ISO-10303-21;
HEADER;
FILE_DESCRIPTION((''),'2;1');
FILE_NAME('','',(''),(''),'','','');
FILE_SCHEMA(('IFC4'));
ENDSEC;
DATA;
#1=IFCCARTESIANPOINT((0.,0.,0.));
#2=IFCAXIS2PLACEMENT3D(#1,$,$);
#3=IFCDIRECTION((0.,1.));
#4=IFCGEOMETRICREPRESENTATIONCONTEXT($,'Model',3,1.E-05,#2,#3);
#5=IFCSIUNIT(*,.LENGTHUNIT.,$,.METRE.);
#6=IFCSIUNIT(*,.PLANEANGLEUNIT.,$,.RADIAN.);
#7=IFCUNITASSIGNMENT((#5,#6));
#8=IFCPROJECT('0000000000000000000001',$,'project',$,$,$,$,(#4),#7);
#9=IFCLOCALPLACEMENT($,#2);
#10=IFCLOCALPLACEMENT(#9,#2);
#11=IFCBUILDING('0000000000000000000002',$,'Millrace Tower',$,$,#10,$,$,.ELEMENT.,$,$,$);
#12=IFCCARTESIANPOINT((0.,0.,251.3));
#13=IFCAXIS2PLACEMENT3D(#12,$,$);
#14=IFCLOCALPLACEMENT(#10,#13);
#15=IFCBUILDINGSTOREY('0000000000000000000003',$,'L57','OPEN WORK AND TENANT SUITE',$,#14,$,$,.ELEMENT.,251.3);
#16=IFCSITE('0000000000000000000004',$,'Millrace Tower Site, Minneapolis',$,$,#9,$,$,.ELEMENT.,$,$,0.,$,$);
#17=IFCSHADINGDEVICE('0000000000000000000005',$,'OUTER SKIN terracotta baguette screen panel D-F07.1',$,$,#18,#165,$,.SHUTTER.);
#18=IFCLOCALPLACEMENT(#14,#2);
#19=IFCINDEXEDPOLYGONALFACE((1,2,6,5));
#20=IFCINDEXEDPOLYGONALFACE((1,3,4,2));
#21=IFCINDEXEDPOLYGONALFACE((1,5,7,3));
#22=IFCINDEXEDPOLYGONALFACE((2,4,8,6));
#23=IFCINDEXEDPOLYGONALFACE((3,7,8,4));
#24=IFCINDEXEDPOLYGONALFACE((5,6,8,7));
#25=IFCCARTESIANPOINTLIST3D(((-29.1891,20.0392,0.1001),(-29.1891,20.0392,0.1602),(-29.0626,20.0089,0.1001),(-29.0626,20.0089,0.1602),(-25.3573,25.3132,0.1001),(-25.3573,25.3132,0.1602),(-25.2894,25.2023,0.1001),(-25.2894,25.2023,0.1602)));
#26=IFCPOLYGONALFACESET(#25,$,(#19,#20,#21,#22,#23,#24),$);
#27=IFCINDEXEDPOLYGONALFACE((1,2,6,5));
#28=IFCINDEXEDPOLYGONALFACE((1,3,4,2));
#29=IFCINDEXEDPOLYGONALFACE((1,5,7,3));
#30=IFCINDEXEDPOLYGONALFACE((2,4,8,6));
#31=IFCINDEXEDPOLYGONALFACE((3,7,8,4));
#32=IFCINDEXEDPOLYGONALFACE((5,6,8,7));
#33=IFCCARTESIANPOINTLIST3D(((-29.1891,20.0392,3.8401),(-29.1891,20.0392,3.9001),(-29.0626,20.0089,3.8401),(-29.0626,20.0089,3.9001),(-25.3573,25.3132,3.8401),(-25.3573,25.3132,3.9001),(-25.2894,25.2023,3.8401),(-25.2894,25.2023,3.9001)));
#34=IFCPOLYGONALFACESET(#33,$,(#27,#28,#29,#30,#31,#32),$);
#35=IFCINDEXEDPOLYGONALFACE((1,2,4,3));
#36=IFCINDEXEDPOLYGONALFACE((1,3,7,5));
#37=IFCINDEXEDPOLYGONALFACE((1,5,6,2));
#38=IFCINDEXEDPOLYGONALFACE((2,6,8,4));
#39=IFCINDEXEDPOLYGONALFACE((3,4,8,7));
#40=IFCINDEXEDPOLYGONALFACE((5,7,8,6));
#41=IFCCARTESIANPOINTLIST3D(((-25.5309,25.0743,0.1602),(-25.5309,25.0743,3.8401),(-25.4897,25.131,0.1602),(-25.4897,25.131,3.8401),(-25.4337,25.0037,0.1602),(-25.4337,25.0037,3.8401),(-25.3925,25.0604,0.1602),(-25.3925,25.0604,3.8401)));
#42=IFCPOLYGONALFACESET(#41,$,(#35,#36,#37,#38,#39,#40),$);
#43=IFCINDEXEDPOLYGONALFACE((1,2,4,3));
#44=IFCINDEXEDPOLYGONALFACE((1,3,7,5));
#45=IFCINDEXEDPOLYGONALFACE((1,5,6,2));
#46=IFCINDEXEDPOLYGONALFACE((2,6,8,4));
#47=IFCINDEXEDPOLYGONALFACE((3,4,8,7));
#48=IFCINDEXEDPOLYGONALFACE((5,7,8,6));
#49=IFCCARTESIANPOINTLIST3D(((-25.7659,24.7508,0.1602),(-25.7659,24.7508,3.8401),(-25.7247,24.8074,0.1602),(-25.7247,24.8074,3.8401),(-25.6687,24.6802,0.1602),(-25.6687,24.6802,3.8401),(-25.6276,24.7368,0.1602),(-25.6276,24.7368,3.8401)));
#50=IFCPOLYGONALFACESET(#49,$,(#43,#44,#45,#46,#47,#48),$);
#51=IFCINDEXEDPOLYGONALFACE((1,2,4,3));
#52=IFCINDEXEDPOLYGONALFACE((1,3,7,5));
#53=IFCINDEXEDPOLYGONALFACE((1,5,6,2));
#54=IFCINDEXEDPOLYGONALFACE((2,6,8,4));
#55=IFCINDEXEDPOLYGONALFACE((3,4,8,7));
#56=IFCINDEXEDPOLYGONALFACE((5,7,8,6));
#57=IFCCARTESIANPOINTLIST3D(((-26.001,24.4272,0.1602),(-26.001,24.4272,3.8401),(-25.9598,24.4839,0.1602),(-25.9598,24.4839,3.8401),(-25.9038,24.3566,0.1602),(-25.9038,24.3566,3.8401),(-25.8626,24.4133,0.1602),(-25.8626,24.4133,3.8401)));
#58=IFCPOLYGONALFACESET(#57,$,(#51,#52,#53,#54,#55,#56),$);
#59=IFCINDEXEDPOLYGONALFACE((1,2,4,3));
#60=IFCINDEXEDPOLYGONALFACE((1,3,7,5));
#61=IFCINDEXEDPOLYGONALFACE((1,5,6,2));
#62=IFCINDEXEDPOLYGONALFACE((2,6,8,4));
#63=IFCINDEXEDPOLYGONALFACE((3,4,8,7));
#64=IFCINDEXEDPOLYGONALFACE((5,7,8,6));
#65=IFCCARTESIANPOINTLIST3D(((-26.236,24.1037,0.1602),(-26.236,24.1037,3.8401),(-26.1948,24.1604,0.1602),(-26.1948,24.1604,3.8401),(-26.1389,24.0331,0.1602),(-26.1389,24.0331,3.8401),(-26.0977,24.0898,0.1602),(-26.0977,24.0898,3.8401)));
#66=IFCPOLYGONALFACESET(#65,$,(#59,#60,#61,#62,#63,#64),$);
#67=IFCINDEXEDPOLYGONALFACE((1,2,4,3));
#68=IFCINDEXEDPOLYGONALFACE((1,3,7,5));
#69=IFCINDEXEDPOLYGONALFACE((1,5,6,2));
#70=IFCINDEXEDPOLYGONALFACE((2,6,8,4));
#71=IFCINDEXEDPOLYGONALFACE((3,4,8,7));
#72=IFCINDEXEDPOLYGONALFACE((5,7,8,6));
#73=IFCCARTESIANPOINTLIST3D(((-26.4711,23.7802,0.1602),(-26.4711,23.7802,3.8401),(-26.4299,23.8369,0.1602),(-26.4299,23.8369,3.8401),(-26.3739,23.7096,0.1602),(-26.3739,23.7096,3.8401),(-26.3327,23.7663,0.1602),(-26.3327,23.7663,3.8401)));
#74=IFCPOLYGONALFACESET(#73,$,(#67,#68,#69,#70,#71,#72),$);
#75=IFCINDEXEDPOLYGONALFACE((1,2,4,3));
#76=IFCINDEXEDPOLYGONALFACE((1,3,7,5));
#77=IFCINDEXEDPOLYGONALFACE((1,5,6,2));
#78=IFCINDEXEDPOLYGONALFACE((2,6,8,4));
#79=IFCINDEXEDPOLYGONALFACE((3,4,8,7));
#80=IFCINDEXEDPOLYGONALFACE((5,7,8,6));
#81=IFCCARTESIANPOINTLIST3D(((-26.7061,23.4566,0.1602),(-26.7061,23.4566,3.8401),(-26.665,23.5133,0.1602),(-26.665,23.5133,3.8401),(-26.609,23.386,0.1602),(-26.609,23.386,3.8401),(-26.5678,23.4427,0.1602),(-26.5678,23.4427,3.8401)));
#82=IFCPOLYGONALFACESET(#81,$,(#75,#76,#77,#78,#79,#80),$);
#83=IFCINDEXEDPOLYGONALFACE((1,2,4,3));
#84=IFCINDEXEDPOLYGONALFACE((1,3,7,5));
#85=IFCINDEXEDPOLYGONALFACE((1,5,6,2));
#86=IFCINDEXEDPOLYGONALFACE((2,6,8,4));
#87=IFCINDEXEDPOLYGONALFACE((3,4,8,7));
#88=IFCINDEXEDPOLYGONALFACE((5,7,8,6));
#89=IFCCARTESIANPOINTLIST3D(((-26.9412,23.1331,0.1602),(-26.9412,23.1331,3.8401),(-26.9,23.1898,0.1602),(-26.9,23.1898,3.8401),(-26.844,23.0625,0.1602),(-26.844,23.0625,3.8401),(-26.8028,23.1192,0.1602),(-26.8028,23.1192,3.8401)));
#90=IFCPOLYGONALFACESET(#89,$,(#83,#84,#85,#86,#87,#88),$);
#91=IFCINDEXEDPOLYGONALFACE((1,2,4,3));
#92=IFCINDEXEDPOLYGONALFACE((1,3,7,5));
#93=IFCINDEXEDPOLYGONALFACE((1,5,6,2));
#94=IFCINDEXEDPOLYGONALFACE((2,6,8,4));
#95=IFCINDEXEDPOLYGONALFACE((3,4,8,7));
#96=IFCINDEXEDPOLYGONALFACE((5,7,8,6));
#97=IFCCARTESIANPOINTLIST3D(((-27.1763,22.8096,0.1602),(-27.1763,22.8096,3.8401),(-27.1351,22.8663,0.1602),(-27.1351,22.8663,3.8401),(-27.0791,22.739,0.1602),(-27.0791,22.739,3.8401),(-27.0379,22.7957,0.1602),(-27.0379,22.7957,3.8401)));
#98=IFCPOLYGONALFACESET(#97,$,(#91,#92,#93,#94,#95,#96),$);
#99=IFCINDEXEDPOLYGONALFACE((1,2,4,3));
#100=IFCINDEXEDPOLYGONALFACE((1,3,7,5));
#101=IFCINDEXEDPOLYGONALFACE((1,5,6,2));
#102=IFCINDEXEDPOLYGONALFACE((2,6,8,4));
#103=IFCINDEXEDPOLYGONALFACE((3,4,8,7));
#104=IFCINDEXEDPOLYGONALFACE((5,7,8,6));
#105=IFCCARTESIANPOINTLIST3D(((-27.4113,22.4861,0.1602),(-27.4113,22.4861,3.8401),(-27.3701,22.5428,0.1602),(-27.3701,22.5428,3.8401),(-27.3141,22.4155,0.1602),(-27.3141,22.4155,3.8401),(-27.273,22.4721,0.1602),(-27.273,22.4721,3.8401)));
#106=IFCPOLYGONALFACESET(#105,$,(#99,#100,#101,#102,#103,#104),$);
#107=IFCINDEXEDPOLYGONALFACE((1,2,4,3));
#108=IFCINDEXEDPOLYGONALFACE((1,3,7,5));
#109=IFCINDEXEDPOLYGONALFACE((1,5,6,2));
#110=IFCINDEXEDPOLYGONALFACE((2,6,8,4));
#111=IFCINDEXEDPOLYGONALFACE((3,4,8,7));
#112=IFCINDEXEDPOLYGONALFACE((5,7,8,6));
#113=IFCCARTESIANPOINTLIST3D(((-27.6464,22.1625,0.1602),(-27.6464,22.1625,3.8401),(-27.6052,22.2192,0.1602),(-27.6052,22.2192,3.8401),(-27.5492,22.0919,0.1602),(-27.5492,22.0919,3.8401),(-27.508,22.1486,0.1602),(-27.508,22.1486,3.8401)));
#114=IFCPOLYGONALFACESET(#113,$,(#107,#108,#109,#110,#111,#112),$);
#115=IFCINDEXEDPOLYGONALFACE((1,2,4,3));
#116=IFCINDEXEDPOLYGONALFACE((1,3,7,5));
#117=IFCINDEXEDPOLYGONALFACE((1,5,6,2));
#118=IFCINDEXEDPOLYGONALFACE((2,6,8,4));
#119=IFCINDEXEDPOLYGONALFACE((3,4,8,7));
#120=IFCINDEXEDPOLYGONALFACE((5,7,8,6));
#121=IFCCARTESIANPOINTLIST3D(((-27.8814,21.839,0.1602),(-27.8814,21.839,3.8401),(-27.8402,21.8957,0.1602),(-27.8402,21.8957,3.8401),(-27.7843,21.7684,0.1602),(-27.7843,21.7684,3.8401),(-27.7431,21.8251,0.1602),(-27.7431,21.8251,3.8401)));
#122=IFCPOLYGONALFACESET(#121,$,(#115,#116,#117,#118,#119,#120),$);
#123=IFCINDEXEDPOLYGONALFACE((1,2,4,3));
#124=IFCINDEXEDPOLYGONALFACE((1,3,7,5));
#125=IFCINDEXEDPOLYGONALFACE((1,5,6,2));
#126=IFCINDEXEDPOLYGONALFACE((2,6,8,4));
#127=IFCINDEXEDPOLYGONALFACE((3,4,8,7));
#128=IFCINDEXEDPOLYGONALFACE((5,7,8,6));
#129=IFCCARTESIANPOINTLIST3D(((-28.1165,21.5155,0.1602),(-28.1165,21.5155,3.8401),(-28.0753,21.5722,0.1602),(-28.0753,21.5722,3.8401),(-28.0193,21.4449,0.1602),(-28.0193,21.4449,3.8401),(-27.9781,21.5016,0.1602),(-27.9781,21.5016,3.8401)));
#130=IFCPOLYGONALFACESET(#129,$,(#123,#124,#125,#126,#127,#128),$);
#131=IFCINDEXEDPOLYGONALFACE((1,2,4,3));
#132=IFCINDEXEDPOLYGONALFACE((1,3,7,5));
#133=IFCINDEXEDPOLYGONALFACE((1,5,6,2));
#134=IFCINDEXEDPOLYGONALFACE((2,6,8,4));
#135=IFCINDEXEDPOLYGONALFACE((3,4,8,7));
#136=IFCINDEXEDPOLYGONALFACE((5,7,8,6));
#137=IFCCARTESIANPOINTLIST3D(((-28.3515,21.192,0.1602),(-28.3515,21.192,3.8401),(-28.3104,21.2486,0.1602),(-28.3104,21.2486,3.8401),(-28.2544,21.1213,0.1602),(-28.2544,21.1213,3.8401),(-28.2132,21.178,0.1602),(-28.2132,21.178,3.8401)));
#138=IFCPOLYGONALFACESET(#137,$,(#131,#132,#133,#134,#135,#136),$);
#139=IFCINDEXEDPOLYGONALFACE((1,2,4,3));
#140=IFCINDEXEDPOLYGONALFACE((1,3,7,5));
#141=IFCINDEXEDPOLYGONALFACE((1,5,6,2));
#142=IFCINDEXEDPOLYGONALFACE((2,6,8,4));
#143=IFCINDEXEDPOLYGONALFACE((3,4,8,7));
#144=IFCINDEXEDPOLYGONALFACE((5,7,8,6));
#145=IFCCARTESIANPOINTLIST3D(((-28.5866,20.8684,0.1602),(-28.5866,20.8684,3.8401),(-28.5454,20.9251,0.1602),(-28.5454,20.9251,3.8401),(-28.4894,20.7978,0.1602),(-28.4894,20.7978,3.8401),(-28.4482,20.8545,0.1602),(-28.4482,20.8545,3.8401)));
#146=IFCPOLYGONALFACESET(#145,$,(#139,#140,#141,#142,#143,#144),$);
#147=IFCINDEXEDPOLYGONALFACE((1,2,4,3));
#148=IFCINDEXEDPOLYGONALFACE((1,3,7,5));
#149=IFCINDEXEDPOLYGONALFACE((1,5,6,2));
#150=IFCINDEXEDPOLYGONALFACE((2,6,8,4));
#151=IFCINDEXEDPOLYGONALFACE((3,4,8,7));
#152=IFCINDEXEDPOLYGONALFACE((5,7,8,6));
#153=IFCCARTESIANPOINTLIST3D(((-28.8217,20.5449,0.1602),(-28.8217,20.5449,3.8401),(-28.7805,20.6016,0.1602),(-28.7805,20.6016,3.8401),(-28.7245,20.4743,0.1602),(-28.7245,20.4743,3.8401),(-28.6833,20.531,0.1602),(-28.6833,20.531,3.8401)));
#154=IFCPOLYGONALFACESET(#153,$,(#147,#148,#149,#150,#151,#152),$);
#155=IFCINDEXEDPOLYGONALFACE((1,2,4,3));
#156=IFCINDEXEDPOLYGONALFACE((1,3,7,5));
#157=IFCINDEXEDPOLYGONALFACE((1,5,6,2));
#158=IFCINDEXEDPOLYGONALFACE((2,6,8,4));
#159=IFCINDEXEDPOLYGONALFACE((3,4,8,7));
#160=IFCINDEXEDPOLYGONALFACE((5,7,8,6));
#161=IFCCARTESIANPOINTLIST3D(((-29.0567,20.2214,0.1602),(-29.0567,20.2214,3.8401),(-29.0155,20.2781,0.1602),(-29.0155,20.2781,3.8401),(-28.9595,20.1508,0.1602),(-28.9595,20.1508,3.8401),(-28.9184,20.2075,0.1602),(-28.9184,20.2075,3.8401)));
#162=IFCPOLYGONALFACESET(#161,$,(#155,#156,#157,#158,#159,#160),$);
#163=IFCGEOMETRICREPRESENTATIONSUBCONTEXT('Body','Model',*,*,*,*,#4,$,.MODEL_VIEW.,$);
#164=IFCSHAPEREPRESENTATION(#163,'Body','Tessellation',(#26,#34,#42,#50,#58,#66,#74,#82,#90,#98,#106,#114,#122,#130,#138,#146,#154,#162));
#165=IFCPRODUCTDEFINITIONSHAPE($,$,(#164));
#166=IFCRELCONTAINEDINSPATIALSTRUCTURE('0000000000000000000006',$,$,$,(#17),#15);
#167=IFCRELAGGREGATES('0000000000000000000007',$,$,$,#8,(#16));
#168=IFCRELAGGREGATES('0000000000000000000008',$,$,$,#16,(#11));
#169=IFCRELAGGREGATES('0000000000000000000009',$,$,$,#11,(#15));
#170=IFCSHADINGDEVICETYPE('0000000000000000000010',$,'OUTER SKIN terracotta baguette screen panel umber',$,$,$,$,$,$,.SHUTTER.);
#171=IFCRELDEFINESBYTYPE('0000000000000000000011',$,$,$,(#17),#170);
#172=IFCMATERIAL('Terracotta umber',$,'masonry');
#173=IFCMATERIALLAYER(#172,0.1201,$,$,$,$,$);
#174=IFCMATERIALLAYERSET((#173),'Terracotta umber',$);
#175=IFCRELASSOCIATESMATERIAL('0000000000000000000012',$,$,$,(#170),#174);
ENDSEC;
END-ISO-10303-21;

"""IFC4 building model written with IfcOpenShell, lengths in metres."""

from ifc_helpers import new_model, entity, si_unit, direction, frame, frame_2d, origin, place, context, subcontext, project, spatial, rectangle, extrude, source, transform, mapped, material, layer, layer_set, type_object, element, save


model = new_model("IFC4")

# Units and contexts
model_context = context("Model", 3, precision=1e-05, world=origin(), true_north=direction((0.0, 1.0)))
body_context = subcontext(model_context, "Body", "Model", "MODEL_VIEW")
ifc_project = project(units=[si_unit("LENGTHUNIT", "METRE"), si_unit("PLANEANGLEUNIT", "RADIAN")], contexts=[model_context])

# Site, building, storey
site_placement = place(None, origin())
site = spatial("IfcSite", under=ifc_project, at=site_placement, Name="Millrace Tower Site, Minneapolis", CompositionType="ELEMENT", RefElevation=0.0)
building_placement = place(site_placement, origin())
building = spatial("IfcBuilding", under=site, at=building_placement, Name="Millrace Tower", CompositionType="ELEMENT")
storey_placement = place(building_placement, frame((0.0, 0.0, 251.3)))
storey = spatial("IfcBuildingStorey", under=building, at=storey_placement, Name="L57", Description="OPEN WORK AND TENANT SUITE", CompositionType="ELEMENT", Elevation=251.3)

# Shading device
ifc_material_1 = material(Name="Terracotta umber", Category="masonry")
ifc_layer_1 = layer(ifc_material_1, 0.1201)
ifc_layer_set_1 = layer_set([ifc_layer_1], Name="Terracotta umber")
shading_device_type = type_object("IfcShadingDeviceType", Name="OUTER SKIN terracotta baguette screen panel umber", PredefinedType="SHUTTER", material=ifc_layer_set_1)
cartesian_point_1 = entity("IfcCartesianPoint", [-3.2097, 0.0601])
shared_polyline_1 = entity("IfcPolyline", [cartesian_point_1, entity("IfcCartesianPoint", [3.2097, 0.0601]), entity("IfcCartesianPoint", [3.2595, -0.0601]), entity("IfcCartesianPoint", [-3.2595, -0.0601]), cartesian_point_1])
shared_shape_1 = source(origin(), body_context, "Body", "SweptSolid", [
    entity("IfcExtrudedAreaSolid", entity("IfcArbitraryClosedProfileDef", "AREA", None, shared_polyline_1), entity("IfcAxis2Placement3D", entity("IfcCartesianPoint", [0.0, 0.0, 0.0])), entity("IfcDirection", [0.0, 0.0, 1.0]), 0.0601),
    entity("IfcExtrudedAreaSolid", entity("IfcArbitraryClosedProfileDef", "AREA", None, shared_polyline_1), entity("IfcAxis2Placement3D", entity("IfcCartesianPoint", [0.0, 0.0, 3.74])), entity("IfcDirection", [0.0, 0.0, 1.0]), 0.0601),
    extrude(rectangle(XDim=0.0701, YDim=0.1201, at=frame_2d((-2.9993, 0.0))), frame((0.0, 0.0, 0.0601)), (0.0, 0.0, 1.0), 3.6799),
    extrude(rectangle(XDim=0.0701, YDim=0.1201, at=frame_2d((-2.5994, 0.0))), frame((0.0, 0.0, 0.0601)), (0.0, 0.0, 1.0), 3.6799),
    extrude(rectangle(XDim=0.0701, YDim=0.1201, at=frame_2d((-2.1995, 0.0))), frame((0.0, 0.0, 0.0601)), (0.0, 0.0, 1.0), 3.6799),
    extrude(rectangle(XDim=0.0701, YDim=0.1201, at=frame_2d((-1.7996, 0.0))), frame((0.0, 0.0, 0.0601)), (0.0, 0.0, 1.0), 3.6799),
    extrude(rectangle(XDim=0.0701, YDim=0.1201, at=frame_2d((-1.3997, 0.0))), frame((0.0, 0.0, 0.0601)), (0.0, 0.0, 1.0), 3.6799),
    extrude(rectangle(XDim=0.0701, YDim=0.1201, at=frame_2d((-0.9998, 0.0))), frame((0.0, 0.0, 0.0601)), (0.0, 0.0, 1.0), 3.6799),
    extrude(rectangle(XDim=0.0701, YDim=0.1201, at=frame_2d((-0.5999, 0.0))), frame((0.0, 0.0, 0.0601)), (0.0, 0.0, 1.0), 3.6799),
    extrude(rectangle(XDim=0.0701, YDim=0.1201, at=frame_2d((-0.2, 0.0))), frame((0.0, 0.0, 0.0601)), (0.0, 0.0, 1.0), 3.6799),
    extrude(rectangle(XDim=0.0701, YDim=0.1201, at=frame_2d((0.2, 0.0))), frame((0.0, 0.0, 0.0601)), (0.0, 0.0, 1.0), 3.6799),
    extrude(rectangle(XDim=0.0701, YDim=0.1201, at=frame_2d((0.5999, 0.0))), frame((0.0, 0.0, 0.0601)), (0.0, 0.0, 1.0), 3.6799),
    extrude(rectangle(XDim=0.0701, YDim=0.1201, at=frame_2d((0.9998, 0.0))), frame((0.0, 0.0, 0.0601)), (0.0, 0.0, 1.0), 3.6799),
    extrude(rectangle(XDim=0.0701, YDim=0.1201, at=frame_2d((1.3997, 0.0))), frame((0.0, 0.0, 0.0601)), (0.0, 0.0, 1.0), 3.6799),
    extrude(rectangle(XDim=0.0701, YDim=0.1201, at=frame_2d((1.7996, 0.0))), frame((0.0, 0.0, 0.0601)), (0.0, 0.0, 1.0), 3.6799),
    extrude(rectangle(XDim=0.0701, YDim=0.1201, at=frame_2d((2.1995, 0.0))), frame((0.0, 0.0, 0.0601)), (0.0, 0.0, 1.0), 3.6799),
    extrude(rectangle(XDim=0.0701, YDim=0.1201, at=frame_2d((2.5994, 0.0))), frame((0.0, 0.0, 0.0601)), (0.0, 0.0, 1.0), 3.6799),
    extrude(rectangle(XDim=0.0701, YDim=0.1201, at=frame_2d((2.9993, 0.0))), frame((0.0, 0.0, 0.0601)), (0.0, 0.0, 1.0), 3.6799),
])
shading_device_1_placement = place(storey_placement, frame((-27.2246, 22.6409, 0.1001), z_axis=(0.0, 0.0, 1.0), x_axis=(-0.587785, -0.809017, 0.0)))
element("IfcShadingDevice", 1, at=shading_device_1_placement, inside=storey, type_object=shading_device_type, Name="OUTER SKIN terracotta baguette screen panel D-F07.1", PredefinedType="SHUTTER", context=body_context, shape_type="MappedRepresentation", body=[
    mapped(shared_shape_1, transform((0.0, 0.0, 0.0), scale=1.0)),
])

save(model, "model.ifc")
